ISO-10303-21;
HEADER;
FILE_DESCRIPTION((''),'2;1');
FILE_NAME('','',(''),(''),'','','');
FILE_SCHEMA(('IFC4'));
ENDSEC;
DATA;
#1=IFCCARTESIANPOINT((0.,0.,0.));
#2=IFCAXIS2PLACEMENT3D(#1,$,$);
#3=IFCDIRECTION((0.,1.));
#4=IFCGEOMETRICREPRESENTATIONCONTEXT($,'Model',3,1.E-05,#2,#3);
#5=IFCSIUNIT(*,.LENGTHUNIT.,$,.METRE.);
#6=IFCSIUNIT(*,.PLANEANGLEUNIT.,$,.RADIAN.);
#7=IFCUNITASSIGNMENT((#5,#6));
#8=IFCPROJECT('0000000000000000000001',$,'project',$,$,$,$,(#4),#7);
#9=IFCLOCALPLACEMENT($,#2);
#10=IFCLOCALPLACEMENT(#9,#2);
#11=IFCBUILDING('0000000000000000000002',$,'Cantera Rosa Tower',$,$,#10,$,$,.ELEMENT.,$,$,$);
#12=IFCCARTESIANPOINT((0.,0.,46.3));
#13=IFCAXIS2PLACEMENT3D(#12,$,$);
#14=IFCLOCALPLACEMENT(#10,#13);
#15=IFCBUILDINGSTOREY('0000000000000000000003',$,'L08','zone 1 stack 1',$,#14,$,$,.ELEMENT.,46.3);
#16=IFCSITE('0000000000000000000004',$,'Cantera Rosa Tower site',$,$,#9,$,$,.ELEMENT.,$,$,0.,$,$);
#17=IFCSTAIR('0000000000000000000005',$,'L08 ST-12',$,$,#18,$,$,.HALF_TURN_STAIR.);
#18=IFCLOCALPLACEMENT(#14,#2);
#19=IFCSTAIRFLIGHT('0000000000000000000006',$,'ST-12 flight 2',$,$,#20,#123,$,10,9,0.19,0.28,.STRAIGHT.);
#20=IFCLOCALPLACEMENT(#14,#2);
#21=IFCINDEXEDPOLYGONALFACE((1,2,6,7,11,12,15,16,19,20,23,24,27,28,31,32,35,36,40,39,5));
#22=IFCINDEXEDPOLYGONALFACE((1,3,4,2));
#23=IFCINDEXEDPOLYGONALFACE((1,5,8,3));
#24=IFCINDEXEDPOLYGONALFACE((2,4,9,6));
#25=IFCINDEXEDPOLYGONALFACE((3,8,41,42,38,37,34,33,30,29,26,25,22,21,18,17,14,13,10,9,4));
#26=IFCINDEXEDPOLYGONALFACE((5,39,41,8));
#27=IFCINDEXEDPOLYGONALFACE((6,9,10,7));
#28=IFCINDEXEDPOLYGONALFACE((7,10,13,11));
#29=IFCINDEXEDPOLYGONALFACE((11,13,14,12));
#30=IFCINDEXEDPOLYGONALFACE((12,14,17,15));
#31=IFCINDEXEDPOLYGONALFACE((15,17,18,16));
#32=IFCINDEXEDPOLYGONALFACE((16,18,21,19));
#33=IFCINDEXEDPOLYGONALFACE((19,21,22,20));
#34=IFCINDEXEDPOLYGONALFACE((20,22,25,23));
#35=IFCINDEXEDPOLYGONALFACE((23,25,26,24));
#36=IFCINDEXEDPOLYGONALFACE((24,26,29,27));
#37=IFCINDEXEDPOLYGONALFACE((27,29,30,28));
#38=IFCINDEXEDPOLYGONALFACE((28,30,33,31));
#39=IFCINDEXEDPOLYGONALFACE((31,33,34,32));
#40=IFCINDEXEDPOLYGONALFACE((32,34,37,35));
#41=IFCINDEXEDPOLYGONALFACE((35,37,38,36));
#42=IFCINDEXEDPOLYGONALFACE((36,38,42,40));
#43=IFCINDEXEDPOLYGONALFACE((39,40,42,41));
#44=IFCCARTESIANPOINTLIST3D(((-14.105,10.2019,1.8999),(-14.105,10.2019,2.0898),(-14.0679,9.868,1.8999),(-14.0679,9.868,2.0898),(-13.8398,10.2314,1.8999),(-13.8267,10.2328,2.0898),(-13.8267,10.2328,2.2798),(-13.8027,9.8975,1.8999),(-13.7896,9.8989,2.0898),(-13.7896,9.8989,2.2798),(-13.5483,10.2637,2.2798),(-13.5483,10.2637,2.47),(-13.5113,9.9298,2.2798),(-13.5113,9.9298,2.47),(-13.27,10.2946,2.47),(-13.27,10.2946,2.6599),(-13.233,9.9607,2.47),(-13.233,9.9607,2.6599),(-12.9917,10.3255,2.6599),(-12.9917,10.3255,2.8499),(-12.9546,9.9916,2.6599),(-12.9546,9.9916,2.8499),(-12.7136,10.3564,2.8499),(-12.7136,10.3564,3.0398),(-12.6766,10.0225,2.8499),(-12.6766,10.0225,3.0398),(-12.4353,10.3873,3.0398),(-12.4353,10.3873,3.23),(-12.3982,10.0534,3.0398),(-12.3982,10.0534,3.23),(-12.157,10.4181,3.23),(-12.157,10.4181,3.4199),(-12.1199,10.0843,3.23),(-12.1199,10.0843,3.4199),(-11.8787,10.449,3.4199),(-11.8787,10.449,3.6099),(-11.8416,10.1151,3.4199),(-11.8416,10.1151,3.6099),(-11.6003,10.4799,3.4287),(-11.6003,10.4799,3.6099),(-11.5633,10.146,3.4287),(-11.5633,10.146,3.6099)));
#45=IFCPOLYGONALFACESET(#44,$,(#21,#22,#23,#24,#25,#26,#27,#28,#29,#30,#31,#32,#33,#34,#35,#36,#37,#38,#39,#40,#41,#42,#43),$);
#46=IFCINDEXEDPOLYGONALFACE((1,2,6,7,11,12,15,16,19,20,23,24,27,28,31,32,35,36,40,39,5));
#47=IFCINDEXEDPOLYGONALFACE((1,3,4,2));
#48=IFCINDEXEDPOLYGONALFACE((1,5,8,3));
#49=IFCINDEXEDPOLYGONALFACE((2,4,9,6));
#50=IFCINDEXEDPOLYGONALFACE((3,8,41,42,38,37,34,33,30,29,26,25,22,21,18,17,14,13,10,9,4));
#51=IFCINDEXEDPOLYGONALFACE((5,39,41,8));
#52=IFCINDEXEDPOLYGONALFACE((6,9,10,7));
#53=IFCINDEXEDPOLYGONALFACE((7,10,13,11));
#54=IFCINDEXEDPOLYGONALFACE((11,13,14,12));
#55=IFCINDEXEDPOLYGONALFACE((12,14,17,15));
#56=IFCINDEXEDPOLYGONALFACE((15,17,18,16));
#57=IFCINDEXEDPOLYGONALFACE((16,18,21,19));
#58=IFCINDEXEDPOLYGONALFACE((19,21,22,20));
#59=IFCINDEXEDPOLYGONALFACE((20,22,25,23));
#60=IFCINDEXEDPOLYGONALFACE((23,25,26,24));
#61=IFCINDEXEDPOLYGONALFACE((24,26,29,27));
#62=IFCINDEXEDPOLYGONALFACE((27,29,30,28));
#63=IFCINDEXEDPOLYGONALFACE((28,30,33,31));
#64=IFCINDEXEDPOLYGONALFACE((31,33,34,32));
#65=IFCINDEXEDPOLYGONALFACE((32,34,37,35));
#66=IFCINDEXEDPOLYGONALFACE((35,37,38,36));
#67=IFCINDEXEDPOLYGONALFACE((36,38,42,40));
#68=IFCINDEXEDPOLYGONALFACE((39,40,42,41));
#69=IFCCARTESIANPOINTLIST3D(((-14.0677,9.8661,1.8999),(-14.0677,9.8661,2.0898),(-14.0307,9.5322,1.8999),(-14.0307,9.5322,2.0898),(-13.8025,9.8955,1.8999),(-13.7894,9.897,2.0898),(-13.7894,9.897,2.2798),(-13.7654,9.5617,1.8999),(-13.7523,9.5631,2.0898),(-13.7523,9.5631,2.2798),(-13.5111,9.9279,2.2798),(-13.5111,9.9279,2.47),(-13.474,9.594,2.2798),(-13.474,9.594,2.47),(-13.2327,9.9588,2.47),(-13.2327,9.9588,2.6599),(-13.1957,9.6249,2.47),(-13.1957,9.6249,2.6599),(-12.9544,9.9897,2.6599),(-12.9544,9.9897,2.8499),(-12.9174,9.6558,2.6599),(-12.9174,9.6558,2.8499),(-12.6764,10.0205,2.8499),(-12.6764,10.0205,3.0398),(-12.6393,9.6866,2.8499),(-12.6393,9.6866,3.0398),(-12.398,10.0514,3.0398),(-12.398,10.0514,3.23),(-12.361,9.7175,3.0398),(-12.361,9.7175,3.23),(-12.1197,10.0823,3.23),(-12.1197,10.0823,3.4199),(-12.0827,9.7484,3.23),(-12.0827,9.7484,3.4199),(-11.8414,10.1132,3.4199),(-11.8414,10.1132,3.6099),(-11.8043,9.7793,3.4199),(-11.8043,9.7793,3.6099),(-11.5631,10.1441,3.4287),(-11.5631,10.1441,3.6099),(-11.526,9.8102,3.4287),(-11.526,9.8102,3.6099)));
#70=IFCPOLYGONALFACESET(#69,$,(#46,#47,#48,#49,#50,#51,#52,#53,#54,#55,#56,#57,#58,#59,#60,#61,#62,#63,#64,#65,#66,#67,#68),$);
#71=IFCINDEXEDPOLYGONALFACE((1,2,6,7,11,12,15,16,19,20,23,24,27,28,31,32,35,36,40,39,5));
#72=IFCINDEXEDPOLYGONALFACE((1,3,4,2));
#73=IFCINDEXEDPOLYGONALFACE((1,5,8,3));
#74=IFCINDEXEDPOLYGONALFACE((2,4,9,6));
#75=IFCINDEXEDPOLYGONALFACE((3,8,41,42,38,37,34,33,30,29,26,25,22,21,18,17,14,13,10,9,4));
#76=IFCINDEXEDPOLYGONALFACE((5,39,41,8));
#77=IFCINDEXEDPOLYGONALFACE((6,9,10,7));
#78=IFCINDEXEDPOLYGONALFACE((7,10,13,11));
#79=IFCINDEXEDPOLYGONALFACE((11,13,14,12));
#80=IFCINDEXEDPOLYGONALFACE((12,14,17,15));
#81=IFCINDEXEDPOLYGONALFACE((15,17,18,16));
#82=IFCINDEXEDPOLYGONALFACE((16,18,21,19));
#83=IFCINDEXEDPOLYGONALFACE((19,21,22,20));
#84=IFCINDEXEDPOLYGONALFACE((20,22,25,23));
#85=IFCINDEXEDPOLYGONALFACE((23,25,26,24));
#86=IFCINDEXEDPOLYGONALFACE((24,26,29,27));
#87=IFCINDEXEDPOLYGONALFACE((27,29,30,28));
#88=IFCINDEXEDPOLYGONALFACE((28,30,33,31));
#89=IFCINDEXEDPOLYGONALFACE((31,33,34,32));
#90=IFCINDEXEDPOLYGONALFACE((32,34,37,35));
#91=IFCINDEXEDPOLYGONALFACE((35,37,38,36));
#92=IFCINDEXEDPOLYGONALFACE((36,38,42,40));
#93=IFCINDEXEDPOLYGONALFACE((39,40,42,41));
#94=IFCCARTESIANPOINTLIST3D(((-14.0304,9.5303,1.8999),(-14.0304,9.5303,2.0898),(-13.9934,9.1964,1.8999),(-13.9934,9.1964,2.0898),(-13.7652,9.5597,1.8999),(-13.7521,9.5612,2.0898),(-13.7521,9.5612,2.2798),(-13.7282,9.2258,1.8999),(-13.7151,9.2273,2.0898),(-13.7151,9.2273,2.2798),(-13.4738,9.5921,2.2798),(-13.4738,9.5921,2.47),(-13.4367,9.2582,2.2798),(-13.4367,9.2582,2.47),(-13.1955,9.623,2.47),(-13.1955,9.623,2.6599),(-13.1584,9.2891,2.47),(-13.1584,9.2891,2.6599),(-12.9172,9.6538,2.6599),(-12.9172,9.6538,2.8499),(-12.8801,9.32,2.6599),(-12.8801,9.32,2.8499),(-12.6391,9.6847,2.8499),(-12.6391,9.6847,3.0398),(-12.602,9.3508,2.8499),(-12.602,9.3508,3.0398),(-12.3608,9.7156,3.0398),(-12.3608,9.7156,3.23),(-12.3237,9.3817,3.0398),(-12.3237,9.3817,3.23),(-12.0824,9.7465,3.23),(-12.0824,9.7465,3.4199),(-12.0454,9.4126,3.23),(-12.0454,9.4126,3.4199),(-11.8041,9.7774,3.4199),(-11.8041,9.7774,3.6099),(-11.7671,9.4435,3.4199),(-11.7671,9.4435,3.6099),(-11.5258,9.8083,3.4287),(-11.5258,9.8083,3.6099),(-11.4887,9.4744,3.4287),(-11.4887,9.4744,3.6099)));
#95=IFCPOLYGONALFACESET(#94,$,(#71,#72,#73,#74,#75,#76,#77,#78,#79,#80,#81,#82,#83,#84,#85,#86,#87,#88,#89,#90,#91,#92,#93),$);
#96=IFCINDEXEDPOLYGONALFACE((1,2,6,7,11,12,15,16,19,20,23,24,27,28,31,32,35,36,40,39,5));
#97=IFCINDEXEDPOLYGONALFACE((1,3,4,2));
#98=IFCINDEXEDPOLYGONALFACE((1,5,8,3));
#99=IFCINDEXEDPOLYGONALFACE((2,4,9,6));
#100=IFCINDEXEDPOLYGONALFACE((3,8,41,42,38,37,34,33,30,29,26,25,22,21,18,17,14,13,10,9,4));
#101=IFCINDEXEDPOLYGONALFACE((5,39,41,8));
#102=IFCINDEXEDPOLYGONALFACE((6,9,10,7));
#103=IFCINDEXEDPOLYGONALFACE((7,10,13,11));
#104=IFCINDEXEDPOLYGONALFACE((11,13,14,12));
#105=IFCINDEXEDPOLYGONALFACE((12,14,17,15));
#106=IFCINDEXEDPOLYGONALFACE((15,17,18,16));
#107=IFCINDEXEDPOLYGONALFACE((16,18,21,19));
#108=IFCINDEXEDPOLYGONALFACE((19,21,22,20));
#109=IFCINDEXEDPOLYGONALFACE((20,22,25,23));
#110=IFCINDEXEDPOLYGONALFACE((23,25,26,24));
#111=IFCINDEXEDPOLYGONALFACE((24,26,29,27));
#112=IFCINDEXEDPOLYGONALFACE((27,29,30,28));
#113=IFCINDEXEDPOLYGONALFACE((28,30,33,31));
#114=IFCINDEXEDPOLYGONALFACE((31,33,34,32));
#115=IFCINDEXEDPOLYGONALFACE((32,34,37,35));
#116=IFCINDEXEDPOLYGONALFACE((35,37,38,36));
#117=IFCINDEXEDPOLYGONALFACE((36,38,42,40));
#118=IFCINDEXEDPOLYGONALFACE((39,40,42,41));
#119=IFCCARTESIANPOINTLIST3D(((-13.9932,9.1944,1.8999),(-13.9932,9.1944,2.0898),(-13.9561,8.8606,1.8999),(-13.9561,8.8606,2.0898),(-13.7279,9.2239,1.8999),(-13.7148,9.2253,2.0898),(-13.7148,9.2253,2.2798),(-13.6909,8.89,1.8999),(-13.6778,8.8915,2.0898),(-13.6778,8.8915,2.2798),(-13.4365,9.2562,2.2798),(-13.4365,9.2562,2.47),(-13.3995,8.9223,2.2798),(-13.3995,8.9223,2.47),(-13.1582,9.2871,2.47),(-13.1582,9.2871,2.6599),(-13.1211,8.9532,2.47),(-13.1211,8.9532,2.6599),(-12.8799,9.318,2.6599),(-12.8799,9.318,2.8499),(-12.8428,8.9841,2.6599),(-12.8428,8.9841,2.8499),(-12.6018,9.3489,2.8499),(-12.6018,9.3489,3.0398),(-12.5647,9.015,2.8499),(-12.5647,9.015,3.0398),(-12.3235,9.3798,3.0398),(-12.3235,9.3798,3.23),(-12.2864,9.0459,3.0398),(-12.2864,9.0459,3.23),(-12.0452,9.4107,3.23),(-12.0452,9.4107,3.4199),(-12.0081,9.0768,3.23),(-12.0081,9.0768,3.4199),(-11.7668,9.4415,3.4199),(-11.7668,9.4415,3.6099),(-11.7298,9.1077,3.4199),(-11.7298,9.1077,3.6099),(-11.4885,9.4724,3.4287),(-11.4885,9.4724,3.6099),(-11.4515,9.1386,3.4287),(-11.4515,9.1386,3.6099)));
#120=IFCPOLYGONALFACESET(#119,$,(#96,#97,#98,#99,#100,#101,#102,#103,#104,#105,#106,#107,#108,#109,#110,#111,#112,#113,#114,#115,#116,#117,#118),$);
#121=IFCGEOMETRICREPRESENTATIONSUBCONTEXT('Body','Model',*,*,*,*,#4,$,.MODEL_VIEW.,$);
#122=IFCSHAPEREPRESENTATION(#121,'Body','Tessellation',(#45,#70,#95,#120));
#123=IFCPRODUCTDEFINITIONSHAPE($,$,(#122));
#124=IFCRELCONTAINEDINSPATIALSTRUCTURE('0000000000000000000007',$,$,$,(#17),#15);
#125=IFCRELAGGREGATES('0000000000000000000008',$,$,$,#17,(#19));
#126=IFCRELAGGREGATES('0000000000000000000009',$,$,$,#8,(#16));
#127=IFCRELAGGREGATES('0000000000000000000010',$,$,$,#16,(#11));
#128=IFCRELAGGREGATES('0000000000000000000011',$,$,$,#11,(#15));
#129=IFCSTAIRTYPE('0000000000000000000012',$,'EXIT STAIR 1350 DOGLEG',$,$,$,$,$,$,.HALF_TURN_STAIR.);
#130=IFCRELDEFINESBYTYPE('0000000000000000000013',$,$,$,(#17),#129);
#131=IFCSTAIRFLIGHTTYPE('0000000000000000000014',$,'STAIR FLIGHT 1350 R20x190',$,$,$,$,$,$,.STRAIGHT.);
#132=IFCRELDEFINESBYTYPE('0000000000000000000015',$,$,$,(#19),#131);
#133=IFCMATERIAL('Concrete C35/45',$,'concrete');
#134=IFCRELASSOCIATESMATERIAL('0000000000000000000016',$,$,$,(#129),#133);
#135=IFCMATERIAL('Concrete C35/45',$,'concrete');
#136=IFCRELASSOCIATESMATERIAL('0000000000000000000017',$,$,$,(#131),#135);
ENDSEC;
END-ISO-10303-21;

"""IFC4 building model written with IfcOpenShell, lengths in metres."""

from ifc_helpers import new_model, si_unit, direction, frame, origin, place, context, subcontext, project, spatial, polyline, outline, extrude, material, type_object, element, aggregate, save


model = new_model("IFC4")

# Units and contexts
model_context = context("Model", 3, precision=1e-05, world=origin(), true_north=direction((0.0, 1.0)))
body_context = subcontext(model_context, "Body", "Model", "MODEL_VIEW")
ifc_project = project(units=[si_unit("LENGTHUNIT", "METRE"), si_unit("PLANEANGLEUNIT", "RADIAN")], contexts=[model_context])

# Site, building, storey
site_placement = place(None, origin())
site = spatial("IfcSite", under=ifc_project, at=site_placement, Name="Cantera Rosa Tower site", CompositionType="ELEMENT", RefElevation=0.0)
building_placement = place(site_placement, origin())
building = spatial("IfcBuilding", under=site, at=building_placement, Name="Cantera Rosa Tower", CompositionType="ELEMENT")
storey_placement = place(building_placement, frame((0.0, 0.0, 46.3)))
storey = spatial("IfcBuildingStorey", under=building, at=storey_placement, Name="L08", Description="zone 1 stack 1", CompositionType="ELEMENT", Elevation=46.3)

# Stair, stair flight
ifc_material_1 = material(Name="Concrete C35/45", Category="concrete")
stair_type = type_object("IfcStairType", Name="EXIT STAIR 1350 DOGLEG", PredefinedType="HALF_TURN_STAIR", material=ifc_material_1)
stair_placement = place(storey_placement, origin())
stair = element("IfcStair", 1, at=stair_placement, inside=storey, type_object=stair_type, Name="L08 ST-12", PredefinedType="HALF_TURN_STAIR")
ifc_material_2 = material(Name="Concrete C35/45", Category="concrete")
stair_flight_type = type_object("IfcStairFlightType", Name="STAIR FLIGHT 1350 R20x190", PredefinedType="STRAIGHT", material=ifc_material_2)
stair_flight_placement = place(storey_placement, frame((-14.0305, 9.531, 1.8999), z_axis=(0.0, 0.0, 1.0), x_axis=(0.993897, 0.110313, 0.0)))
stair_flight = element("IfcStairFlight", 2, at=stair_flight_placement, type_object=stair_flight_type, Name="ST-12 flight 2", NumberOfRisers=10, NumberOfTreads=9, PredefinedType="STRAIGHT", RiserHeight=0.19, TreadLength=0.28, context=body_context, shape_type="SweptSolid", body=[
    extrude(outline(polyline([(0.0, 0.0), (0.0, 0.1899), (0.28, 0.1899), (0.28, 0.3799), (0.5601, 0.3799), (0.5601, 0.5701), (0.8401, 0.5701), (0.8401, 0.76), (1.1201, 0.76), (1.1201, 0.95), (1.3999, 0.95), (1.3999, 1.1399), (1.6799, 1.1399), (1.6799, 1.3301), (1.96, 1.3301), (1.96, 1.52), (2.24, 1.52), (2.24, 1.71), (2.52, 1.71), (2.52, 1.8999), (2.52, 1.5288), (0.2668, 0.0), (0.0, 0.0)])), frame((0.0, 0.675, 0.0), z_axis=(0.0, -1.0, 0.0), x_axis=(1.0, 0.0, 0.0)), (0.0, 0.0, 1.0), 0.3359),
    extrude(outline(polyline([(0.0, 0.0), (0.0, 0.1899), (0.28, 0.1899), (0.28, 0.3799), (0.5601, 0.3799), (0.5601, 0.5701), (0.8401, 0.5701), (0.8401, 0.76), (1.1201, 0.76), (1.1201, 0.95), (1.3999, 0.95), (1.3999, 1.1399), (1.6799, 1.1399), (1.6799, 1.3301), (1.96, 1.3301), (1.96, 1.52), (2.24, 1.52), (2.24, 1.71), (2.52, 1.71), (2.52, 1.8999), (2.52, 1.5288), (0.2668, 0.0), (0.0, 0.0)])), frame((0.0, 0.3372, 0.0), z_axis=(0.0, -1.0, 0.0), x_axis=(1.0, 0.0, 0.0)), (0.0, 0.0, 1.0), 0.3359),
    extrude(outline(polyline([(0.0, 0.0), (0.0, 0.1899), (0.28, 0.1899), (0.28, 0.3799), (0.5601, 0.3799), (0.5601, 0.5701), (0.8401, 0.5701), (0.8401, 0.76), (1.1201, 0.76), (1.1201, 0.95), (1.3999, 0.95), (1.3999, 1.1399), (1.6799, 1.1399), (1.6799, 1.3301), (1.96, 1.3301), (1.96, 1.52), (2.24, 1.52), (2.24, 1.71), (2.52, 1.71), (2.52, 1.8999), (2.52, 1.5288), (0.2668, 0.0), (0.0, 0.0)])), frame((0.0, -0.0007, 0.0), z_axis=(0.0, -1.0, 0.0), x_axis=(1.0, 0.0, 0.0)), (0.0, 0.0, 1.0), 0.3359),
    extrude(outline(polyline([(0.0, 0.0), (0.0, 0.1899), (0.28, 0.1899), (0.28, 0.3799), (0.5601, 0.3799), (0.5601, 0.5701), (0.8401, 0.5701), (0.8401, 0.76), (1.1201, 0.76), (1.1201, 0.95), (1.3999, 0.95), (1.3999, 1.1399), (1.6799, 1.1399), (1.6799, 1.3301), (1.96, 1.3301), (1.96, 1.52), (2.24, 1.52), (2.24, 1.71), (2.52, 1.71), (2.52, 1.8999), (2.52, 1.5288), (0.2668, 0.0), (0.0, 0.0)])), frame((0.0, -0.3386, 0.0), z_axis=(0.0, -1.0, 0.0), x_axis=(1.0, 0.0, 0.0)), (0.0, 0.0, 1.0), 0.3359),
])
aggregate(stair, [stair_flight])

save(model, "model.ifc")
